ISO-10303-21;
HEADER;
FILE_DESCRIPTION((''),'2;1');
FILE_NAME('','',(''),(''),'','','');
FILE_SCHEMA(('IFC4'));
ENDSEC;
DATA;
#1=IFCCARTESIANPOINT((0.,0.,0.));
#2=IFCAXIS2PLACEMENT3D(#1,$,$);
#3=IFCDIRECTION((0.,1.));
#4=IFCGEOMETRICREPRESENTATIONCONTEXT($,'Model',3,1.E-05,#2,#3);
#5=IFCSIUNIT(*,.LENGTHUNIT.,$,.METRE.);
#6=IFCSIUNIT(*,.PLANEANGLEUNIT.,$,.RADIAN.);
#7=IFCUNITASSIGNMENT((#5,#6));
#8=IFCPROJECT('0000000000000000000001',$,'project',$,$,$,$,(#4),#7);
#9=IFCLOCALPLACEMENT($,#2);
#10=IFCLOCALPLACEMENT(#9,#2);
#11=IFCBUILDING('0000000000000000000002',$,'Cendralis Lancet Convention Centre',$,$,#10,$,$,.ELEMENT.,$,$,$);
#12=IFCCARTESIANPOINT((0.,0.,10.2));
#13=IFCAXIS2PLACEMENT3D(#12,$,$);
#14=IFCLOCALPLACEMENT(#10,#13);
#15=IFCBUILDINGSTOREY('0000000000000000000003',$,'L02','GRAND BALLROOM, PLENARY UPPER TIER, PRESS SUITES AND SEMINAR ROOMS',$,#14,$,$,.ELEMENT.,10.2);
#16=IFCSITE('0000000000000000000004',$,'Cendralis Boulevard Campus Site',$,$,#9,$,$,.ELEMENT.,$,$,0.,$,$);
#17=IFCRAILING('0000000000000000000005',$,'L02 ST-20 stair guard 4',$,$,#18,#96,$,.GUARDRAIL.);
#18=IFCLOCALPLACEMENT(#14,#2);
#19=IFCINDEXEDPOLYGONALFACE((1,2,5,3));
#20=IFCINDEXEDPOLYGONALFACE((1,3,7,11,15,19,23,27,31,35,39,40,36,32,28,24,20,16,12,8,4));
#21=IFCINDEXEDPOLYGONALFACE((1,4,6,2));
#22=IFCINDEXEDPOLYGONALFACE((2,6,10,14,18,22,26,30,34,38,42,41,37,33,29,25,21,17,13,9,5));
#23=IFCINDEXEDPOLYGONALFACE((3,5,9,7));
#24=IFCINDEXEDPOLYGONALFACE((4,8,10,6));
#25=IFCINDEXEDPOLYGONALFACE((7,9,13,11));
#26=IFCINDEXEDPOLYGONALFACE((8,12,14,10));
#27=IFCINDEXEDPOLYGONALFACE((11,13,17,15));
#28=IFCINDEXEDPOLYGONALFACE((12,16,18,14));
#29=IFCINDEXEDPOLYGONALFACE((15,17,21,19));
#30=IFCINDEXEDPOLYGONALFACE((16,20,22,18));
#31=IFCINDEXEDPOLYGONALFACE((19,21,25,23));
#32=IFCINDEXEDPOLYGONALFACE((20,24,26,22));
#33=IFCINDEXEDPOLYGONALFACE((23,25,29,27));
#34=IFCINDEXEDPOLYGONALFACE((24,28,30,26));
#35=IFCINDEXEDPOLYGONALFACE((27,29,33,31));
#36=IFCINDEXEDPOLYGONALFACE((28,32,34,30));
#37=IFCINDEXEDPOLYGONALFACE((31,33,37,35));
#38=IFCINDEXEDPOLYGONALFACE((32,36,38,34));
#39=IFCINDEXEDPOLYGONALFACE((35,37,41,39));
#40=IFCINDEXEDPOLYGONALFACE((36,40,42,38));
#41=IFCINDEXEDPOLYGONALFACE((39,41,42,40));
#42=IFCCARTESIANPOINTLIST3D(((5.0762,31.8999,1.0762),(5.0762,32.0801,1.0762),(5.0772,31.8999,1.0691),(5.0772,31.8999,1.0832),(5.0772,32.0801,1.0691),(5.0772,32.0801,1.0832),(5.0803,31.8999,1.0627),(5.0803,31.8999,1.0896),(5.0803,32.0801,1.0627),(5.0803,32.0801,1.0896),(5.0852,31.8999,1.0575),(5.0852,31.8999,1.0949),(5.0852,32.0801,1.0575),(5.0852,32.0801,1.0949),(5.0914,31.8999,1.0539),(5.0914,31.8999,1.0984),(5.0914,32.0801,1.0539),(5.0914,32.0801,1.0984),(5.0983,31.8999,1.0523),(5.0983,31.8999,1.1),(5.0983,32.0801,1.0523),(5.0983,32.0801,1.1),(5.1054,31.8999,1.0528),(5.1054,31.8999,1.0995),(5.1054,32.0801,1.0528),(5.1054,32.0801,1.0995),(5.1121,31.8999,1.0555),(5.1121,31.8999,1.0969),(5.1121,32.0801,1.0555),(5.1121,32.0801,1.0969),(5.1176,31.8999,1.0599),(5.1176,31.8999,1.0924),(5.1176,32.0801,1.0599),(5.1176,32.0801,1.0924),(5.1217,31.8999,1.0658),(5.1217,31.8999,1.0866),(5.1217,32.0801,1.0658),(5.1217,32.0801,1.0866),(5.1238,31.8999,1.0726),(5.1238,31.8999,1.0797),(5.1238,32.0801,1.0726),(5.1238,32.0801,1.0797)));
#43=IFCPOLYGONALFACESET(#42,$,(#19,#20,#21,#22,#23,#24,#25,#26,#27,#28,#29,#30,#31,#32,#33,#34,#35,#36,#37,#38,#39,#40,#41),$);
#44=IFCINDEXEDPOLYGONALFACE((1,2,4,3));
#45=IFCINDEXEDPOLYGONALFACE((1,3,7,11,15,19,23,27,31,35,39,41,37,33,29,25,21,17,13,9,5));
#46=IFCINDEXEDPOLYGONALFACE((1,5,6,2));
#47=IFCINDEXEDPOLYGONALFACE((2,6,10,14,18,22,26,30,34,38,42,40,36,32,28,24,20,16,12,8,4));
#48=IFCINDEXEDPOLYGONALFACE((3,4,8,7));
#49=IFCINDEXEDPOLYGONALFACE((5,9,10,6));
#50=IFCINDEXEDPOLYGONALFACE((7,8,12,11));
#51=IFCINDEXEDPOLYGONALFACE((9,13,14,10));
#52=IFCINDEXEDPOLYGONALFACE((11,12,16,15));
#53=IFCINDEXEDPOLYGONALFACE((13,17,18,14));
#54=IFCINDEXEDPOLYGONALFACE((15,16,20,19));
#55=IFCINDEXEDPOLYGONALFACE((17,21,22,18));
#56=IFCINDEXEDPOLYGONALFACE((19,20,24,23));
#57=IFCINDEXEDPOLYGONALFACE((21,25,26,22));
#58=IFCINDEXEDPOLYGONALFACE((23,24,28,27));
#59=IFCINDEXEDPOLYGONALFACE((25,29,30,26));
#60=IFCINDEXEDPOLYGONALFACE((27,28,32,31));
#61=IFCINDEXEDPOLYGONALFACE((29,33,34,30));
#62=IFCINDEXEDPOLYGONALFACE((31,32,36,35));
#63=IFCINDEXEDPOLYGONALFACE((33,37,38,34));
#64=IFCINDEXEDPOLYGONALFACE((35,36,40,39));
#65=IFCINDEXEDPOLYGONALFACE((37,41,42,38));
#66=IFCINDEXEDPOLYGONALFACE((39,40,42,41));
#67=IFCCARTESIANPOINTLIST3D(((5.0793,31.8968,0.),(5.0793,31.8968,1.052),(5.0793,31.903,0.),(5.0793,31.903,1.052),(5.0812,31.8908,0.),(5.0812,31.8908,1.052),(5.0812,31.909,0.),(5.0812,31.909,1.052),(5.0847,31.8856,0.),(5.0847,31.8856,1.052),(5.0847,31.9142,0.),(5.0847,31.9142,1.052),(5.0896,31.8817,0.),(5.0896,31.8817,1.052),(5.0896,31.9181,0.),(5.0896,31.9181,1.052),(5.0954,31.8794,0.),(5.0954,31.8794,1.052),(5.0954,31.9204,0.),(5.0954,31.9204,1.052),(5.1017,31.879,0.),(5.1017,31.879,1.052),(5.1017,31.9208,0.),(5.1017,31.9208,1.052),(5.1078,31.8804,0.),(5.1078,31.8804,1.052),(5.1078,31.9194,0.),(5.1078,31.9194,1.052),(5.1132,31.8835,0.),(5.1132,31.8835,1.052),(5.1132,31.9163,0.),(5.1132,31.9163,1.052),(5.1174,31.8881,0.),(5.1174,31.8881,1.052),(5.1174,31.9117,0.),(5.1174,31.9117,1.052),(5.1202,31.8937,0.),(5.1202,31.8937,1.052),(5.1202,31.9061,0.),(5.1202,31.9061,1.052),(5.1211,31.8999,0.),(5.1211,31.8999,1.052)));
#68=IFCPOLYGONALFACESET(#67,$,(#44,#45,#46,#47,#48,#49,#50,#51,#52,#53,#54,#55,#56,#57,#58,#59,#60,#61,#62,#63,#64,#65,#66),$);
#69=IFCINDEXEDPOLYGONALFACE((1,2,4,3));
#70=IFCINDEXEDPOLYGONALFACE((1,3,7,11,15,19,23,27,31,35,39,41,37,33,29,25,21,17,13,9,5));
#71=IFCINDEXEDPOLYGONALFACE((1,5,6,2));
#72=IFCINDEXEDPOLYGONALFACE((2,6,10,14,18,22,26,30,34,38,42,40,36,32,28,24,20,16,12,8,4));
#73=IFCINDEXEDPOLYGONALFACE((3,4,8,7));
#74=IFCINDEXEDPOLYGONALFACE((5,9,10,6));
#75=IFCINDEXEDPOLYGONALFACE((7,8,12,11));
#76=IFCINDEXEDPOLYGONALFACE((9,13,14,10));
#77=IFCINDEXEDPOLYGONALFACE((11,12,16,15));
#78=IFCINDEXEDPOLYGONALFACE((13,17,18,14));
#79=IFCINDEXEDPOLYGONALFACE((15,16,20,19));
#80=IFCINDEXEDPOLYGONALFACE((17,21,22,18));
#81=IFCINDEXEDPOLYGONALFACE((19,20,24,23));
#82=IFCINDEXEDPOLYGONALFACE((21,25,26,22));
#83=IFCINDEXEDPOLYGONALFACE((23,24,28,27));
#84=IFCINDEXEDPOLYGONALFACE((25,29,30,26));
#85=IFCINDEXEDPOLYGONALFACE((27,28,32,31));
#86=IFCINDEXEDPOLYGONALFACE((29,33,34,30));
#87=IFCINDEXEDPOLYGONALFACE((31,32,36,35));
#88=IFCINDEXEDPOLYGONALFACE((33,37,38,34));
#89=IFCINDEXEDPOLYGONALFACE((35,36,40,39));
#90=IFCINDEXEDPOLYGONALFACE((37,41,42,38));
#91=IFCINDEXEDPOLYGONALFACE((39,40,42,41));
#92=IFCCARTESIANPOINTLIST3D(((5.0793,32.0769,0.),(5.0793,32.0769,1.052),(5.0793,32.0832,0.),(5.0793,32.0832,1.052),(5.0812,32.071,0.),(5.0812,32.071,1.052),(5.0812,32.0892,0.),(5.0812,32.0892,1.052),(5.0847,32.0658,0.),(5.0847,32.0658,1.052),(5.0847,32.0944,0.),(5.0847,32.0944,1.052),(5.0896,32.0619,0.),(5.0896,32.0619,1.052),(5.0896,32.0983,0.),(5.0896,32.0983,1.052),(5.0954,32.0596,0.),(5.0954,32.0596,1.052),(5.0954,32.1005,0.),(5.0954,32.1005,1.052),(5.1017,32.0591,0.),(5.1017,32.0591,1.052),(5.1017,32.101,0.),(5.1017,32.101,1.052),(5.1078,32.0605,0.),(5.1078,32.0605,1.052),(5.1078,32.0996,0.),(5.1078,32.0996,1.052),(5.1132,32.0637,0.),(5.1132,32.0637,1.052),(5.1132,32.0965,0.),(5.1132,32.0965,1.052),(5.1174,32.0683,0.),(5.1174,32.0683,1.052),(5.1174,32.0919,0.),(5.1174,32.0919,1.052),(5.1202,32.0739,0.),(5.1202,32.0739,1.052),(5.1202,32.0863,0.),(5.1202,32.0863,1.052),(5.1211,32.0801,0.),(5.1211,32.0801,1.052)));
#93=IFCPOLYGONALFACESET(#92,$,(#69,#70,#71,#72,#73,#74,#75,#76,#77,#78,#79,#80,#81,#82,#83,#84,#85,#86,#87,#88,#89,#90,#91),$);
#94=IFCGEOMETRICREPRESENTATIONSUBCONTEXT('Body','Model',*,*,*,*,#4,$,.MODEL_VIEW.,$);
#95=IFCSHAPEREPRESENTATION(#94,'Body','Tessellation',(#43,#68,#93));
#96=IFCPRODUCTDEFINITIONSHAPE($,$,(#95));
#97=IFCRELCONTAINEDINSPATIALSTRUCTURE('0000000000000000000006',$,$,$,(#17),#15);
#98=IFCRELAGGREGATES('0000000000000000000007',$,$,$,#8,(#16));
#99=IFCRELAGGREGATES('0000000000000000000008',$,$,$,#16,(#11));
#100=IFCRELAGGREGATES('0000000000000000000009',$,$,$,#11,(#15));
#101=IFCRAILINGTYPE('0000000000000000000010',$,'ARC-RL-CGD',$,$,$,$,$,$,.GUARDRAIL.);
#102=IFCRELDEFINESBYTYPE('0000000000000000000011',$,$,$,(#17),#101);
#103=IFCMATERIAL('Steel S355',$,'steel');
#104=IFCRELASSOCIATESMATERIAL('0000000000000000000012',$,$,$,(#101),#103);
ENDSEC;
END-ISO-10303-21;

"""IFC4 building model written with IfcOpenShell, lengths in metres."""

from ifc_helpers import new_model, si_unit, direction, frame, origin, origin_2d, place, context, subcontext, project, spatial, circle, extrude, material, type_object, element, save


model = new_model("IFC4")

# Units and contexts
model_context = context("Model", 3, precision=1e-05, world=origin(), true_north=direction((0.0, 1.0)))
body_context = subcontext(model_context, "Body", "Model", "MODEL_VIEW")
ifc_project = project(units=[si_unit("LENGTHUNIT", "METRE"), si_unit("PLANEANGLEUNIT", "RADIAN")], contexts=[model_context])

# Site, building, storey
site_placement = place(None, origin())
site = spatial("IfcSite", under=ifc_project, at=site_placement, Name="Cendralis Boulevard Campus Site", CompositionType="ELEMENT", RefElevation=0.0)
building_placement = place(site_placement, origin())
building = spatial("IfcBuilding", under=site, at=building_placement, Name="Cendralis Lancet Convention Centre", CompositionType="ELEMENT")
storey_placement = place(building_placement, frame((0.0, 0.0, 10.2)))
storey = spatial("IfcBuildingStorey", under=building, at=storey_placement, Name="L02", Description="GRAND BALLROOM, PLENARY UPPER TIER, PRESS SUITES AND SEMINAR ROOMS", CompositionType="ELEMENT", Elevation=10.2)

# Shared definitions
ifc_material_1 = material(Name="Steel S355", Category="steel")

# Railing
railing_type_1 = type_object("IfcRailingType", Name="ARC-RL-CGD", PredefinedType="GUARDRAIL", material=ifc_material_1)
railing_1_placement = place(storey_placement, frame((5.1001, 31.8999, 0.0)))
element("IfcRailing", 1, at=railing_1_placement, inside=storey, type_object=railing_type_1, Name="L02 ST-20 stair guard 4", PredefinedType="GUARDRAIL", context=body_context, shape_type="SweptSolid", body=[
    extrude(circle(Radius=0.0239, at=origin_2d()), frame((0.0, 0.0, 1.0762), z_axis=(0.0, 1.0, 0.0), x_axis=(-1.0, 0.0, 0.0)), (0.0, 0.0, 1.0), 0.1802),
    extrude(circle(Radius=0.021, at=origin_2d()), origin(), (0.0, 0.0, 1.0), 1.052),
    extrude(circle(Radius=0.021, at=origin_2d()), frame((0.0, 0.1802, 0.0)), (0.0, 0.0, 1.0), 1.052),
])

save(model, "model.ifc")
